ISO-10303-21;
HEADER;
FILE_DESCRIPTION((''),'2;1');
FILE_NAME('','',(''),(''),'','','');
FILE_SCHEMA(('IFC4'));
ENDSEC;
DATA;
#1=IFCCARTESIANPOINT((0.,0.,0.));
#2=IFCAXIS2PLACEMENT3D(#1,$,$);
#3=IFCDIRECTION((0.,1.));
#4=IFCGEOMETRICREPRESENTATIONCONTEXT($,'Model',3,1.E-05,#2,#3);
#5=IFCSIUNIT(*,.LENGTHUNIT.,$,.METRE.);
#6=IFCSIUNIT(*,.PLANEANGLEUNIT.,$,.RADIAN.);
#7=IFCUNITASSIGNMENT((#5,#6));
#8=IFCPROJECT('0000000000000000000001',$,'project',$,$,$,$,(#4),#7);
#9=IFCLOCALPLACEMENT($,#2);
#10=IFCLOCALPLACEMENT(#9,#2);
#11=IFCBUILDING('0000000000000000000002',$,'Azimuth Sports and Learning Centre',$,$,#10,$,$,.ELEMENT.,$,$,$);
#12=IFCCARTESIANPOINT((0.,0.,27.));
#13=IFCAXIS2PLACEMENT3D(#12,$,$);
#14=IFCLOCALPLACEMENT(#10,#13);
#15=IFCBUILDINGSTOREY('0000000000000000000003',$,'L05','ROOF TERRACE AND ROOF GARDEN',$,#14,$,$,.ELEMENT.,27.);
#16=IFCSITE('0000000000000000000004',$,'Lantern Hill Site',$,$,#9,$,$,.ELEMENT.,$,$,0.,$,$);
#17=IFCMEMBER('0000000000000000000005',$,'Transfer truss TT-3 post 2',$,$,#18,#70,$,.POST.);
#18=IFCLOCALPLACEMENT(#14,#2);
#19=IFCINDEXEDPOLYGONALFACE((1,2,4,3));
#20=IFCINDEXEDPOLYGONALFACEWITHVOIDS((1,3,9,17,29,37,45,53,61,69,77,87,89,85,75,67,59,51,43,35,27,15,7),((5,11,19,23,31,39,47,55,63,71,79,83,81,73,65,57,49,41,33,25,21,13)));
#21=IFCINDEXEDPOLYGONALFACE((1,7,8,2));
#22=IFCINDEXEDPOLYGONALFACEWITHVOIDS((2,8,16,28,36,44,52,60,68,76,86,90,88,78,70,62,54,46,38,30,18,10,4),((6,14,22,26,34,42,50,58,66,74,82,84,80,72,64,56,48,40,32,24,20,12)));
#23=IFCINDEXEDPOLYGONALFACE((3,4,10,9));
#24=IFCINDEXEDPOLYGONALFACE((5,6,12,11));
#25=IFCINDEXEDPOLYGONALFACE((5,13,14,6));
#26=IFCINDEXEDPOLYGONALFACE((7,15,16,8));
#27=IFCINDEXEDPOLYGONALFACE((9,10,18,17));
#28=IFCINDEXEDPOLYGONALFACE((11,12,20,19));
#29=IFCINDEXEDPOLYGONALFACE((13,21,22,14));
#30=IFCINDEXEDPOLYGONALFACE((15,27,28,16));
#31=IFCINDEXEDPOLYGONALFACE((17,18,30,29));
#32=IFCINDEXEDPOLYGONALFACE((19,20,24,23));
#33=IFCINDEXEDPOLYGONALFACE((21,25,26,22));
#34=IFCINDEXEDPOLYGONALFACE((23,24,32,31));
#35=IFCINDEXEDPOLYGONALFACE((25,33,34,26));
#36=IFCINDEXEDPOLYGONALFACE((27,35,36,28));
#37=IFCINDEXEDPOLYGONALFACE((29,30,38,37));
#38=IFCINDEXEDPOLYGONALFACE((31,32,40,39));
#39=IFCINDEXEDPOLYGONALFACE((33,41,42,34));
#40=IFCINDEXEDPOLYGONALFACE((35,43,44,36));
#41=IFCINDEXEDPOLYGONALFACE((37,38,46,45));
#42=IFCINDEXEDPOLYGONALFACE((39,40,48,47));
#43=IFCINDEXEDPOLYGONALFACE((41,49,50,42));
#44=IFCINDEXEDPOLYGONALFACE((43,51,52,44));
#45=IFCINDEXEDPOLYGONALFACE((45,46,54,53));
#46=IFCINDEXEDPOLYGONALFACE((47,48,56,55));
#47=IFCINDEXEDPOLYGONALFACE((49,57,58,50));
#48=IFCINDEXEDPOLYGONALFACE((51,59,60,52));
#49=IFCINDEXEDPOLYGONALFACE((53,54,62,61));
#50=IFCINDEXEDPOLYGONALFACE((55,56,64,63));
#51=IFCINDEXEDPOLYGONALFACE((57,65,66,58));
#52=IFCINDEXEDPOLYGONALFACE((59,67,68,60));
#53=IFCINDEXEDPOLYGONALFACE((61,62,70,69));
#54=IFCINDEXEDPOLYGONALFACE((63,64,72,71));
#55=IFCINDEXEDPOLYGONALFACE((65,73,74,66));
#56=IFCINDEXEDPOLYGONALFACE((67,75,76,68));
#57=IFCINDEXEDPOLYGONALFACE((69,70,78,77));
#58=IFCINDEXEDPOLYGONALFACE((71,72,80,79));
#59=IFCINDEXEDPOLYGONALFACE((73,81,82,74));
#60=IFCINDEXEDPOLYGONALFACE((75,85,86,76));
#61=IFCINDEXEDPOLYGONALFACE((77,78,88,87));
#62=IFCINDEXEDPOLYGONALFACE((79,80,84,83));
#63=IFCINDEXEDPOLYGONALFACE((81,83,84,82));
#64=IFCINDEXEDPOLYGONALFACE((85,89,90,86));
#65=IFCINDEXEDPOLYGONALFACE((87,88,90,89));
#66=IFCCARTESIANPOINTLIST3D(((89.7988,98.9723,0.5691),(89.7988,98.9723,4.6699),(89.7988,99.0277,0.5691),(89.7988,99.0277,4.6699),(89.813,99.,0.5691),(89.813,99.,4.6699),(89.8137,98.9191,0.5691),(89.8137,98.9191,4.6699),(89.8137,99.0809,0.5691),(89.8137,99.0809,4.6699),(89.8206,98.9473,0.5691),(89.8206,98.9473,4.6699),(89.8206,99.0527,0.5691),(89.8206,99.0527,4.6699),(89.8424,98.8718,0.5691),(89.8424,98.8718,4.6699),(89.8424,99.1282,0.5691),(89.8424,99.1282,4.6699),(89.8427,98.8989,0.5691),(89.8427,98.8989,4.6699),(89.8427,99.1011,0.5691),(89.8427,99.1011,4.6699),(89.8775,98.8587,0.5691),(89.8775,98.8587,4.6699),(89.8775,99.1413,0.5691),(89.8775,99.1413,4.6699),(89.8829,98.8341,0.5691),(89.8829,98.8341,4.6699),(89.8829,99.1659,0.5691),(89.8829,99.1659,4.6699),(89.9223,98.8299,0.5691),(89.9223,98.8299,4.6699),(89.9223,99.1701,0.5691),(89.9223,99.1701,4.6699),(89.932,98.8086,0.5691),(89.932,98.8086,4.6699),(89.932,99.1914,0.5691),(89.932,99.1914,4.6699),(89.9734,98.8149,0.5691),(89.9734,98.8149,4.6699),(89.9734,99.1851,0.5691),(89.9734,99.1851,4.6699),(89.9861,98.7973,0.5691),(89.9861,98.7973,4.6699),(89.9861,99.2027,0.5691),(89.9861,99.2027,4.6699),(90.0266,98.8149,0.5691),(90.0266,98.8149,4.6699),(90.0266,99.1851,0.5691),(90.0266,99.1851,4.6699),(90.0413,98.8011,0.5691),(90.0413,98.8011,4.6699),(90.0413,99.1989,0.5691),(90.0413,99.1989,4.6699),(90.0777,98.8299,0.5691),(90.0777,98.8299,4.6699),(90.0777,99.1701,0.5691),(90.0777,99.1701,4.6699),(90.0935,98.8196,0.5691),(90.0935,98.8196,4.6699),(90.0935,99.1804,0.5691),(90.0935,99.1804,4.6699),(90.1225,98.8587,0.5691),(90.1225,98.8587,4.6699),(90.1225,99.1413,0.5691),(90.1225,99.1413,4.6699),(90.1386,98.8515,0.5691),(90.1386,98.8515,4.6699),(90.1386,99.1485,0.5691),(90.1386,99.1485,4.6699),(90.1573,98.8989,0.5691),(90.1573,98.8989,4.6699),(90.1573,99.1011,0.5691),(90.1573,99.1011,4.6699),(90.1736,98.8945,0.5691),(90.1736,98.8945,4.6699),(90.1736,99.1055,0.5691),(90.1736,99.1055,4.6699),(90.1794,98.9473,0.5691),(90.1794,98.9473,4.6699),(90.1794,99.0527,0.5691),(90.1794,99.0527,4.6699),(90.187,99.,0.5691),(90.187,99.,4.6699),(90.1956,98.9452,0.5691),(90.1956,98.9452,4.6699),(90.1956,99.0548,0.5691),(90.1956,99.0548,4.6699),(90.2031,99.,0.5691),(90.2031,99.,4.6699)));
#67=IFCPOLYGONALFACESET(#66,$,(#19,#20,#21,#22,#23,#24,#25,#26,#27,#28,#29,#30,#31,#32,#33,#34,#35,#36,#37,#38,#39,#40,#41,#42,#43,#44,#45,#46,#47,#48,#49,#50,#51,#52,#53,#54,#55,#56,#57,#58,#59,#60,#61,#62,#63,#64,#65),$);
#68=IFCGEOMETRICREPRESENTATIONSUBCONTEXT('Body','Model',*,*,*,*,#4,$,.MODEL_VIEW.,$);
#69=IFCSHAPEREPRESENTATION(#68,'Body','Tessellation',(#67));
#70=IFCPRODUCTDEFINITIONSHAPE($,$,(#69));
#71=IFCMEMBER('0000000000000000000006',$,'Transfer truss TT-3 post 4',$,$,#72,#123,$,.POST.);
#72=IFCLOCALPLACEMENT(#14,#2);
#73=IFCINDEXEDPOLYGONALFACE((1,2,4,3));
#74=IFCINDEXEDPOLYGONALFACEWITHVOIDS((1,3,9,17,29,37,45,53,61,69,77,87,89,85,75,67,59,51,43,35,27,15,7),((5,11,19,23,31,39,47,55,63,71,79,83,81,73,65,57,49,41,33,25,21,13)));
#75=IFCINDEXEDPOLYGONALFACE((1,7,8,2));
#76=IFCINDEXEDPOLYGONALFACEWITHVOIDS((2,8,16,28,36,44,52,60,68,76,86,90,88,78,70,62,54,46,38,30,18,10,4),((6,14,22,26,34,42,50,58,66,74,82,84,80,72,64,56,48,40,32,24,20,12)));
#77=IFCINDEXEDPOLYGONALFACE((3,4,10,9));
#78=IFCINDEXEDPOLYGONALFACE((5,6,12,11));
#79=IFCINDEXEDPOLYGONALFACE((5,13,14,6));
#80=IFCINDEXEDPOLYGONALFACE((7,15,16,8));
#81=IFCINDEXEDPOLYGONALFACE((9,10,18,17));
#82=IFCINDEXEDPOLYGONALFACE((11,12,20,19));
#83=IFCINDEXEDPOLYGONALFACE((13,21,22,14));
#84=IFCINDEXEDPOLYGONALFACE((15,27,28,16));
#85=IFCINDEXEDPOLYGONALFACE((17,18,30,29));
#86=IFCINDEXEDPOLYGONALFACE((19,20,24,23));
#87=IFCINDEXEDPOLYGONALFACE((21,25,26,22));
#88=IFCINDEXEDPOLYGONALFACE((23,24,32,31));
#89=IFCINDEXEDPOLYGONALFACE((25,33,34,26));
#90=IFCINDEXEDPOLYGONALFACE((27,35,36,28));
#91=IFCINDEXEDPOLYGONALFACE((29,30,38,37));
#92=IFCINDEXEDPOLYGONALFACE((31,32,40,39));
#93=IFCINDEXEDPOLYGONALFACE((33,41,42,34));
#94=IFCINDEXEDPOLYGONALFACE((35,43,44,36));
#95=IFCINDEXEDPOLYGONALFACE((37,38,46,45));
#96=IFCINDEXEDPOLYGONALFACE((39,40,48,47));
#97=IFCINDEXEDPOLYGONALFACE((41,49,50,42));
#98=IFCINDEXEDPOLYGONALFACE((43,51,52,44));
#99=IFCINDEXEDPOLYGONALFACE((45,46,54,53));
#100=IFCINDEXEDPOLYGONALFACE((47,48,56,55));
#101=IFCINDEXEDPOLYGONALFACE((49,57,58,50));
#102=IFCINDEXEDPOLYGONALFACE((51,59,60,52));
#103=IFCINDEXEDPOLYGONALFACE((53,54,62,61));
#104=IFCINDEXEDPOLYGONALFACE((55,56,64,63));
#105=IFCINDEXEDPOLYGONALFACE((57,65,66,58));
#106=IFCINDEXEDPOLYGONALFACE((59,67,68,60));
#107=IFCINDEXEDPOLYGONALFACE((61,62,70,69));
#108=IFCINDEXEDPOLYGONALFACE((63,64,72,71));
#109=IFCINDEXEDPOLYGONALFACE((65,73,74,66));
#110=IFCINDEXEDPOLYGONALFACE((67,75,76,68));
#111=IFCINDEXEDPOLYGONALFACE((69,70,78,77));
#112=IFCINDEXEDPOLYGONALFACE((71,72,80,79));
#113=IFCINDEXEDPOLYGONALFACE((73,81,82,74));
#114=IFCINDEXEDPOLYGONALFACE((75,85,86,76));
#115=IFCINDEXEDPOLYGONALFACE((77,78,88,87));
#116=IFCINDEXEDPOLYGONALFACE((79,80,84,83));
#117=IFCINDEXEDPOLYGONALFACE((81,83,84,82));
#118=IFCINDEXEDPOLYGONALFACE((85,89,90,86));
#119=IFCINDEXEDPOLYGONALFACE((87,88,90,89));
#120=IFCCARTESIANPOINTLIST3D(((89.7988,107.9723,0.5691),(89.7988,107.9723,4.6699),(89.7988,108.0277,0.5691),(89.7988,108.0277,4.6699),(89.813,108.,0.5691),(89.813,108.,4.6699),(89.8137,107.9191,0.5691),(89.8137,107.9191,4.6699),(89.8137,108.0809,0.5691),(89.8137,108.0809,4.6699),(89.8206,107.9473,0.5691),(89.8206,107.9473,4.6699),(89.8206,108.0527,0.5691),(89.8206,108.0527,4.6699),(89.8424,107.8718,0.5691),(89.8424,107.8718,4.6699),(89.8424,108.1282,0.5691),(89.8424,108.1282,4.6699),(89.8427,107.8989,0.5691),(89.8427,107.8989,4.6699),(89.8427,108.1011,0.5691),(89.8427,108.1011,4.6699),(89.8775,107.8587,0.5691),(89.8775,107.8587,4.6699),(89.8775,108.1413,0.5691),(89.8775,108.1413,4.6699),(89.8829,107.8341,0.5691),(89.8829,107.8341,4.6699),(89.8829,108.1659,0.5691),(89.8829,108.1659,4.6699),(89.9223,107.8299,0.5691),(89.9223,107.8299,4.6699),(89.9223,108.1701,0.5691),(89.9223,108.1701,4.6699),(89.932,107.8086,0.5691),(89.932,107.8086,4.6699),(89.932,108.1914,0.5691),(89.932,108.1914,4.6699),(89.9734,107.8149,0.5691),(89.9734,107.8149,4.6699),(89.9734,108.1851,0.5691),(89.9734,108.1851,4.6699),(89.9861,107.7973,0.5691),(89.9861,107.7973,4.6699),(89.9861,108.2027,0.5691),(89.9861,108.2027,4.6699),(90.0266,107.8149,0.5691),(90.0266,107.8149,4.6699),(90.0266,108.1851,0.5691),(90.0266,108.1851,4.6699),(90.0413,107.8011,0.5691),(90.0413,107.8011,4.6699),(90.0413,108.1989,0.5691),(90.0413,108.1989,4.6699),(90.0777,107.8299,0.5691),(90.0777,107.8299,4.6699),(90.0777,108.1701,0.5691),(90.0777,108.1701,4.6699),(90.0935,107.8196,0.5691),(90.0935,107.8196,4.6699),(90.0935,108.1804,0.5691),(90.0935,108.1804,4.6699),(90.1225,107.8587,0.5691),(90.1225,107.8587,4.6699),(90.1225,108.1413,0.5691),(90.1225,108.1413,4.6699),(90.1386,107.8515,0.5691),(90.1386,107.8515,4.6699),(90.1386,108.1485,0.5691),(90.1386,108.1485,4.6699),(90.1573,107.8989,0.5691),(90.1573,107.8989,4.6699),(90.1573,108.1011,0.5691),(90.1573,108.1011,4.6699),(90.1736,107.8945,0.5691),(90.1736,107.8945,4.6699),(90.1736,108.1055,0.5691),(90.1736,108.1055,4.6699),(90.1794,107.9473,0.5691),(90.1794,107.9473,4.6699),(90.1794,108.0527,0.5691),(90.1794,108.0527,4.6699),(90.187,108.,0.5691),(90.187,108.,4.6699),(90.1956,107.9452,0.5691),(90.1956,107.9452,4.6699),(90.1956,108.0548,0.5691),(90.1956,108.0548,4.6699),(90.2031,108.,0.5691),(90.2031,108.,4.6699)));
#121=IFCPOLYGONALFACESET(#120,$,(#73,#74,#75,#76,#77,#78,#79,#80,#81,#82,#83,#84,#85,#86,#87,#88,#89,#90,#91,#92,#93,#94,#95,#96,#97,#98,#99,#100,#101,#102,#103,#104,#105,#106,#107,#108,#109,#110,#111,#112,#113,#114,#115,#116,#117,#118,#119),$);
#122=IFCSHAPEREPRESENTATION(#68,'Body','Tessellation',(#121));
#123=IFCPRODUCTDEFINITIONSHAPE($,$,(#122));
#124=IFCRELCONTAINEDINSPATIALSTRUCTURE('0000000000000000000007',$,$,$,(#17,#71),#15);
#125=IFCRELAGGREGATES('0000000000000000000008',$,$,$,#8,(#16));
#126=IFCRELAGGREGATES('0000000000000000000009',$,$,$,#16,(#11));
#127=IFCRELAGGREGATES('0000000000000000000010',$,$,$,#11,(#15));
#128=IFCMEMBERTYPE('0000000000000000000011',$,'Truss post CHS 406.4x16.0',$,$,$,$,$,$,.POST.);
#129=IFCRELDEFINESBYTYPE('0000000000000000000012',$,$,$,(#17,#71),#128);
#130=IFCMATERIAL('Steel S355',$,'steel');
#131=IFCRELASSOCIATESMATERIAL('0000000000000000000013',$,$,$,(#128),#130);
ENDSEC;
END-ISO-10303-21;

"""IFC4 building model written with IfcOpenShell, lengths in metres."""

from ifc_helpers import new_model, si_unit, direction, frame, origin, origin_2d, place, context, subcontext, project, spatial, hollow_circle, extrude, material, material_profile, profile_set, type_object, element, save


model = new_model("IFC4")

# Units and contexts
model_context = context("Model", 3, precision=1e-05, world=origin(), true_north=direction((0.0, 1.0)))
body_context = subcontext(model_context, "Body", "Model", "MODEL_VIEW")
ifc_project = project(units=[si_unit("LENGTHUNIT", "METRE"), si_unit("PLANEANGLEUNIT", "RADIAN")], contexts=[model_context])

# Site, building, storey
site_placement = place(None, origin())
site = spatial("IfcSite", under=ifc_project, at=site_placement, Name="Lantern Hill Site", CompositionType="ELEMENT", RefElevation=0.0)
building_placement = place(site_placement, origin())
building = spatial("IfcBuilding", under=site, at=building_placement, Name="Azimuth Sports and Learning Centre", CompositionType="ELEMENT")
storey_placement = place(building_placement, frame((0.0, 0.0, 27.0)))
storey = spatial("IfcBuildingStorey", under=building, at=storey_placement, Name="L05", Description="ROOF TERRACE AND ROOF GARDEN", CompositionType="ELEMENT", Elevation=27.0)

# Members
ifc_material_1 = material(Name="Steel S355", Category="steel")
ifc_material_profile_1 = material_profile(ifc_material_1, hollow_circle(Radius=0.2031, WallThickness=0.0161, at=origin_2d()), Name="CHS 406.4x16.0")
ifc_profile_set_1 = profile_set([ifc_material_profile_1], Name="Steel S355")
member_type_1 = type_object("IfcMemberType", Name="Truss post CHS 406.4x16.0", PredefinedType="POST", material=ifc_profile_set_1)
for number, where, z_axis, x_axis, name in (
    (1, (90.0, 99.0, 0.5691), (0.0, 0.0, 1.0), (1.0, 0.0, 0.0), "Transfer truss TT-3 post 2"),
    (2, (90.0, 108.0, 0.5691), (0.0, 0.0, 1.0), (1.0, 0.0, 0.0), "Transfer truss TT-3 post 4"),
):
    element("IfcMember", number, at=place(storey_placement, frame(where, z_axis=z_axis, x_axis=x_axis)), inside=storey, type_object=member_type_1, Name=name, PredefinedType="POST", context=body_context, shape_type="SweptSolid", body=[
        extrude(hollow_circle(Radius=0.2031, WallThickness=0.0161, at=origin_2d()), origin(), (0.0, 0.0, 1.0), 4.1008),
    ])

save(model, "model.ifc")
